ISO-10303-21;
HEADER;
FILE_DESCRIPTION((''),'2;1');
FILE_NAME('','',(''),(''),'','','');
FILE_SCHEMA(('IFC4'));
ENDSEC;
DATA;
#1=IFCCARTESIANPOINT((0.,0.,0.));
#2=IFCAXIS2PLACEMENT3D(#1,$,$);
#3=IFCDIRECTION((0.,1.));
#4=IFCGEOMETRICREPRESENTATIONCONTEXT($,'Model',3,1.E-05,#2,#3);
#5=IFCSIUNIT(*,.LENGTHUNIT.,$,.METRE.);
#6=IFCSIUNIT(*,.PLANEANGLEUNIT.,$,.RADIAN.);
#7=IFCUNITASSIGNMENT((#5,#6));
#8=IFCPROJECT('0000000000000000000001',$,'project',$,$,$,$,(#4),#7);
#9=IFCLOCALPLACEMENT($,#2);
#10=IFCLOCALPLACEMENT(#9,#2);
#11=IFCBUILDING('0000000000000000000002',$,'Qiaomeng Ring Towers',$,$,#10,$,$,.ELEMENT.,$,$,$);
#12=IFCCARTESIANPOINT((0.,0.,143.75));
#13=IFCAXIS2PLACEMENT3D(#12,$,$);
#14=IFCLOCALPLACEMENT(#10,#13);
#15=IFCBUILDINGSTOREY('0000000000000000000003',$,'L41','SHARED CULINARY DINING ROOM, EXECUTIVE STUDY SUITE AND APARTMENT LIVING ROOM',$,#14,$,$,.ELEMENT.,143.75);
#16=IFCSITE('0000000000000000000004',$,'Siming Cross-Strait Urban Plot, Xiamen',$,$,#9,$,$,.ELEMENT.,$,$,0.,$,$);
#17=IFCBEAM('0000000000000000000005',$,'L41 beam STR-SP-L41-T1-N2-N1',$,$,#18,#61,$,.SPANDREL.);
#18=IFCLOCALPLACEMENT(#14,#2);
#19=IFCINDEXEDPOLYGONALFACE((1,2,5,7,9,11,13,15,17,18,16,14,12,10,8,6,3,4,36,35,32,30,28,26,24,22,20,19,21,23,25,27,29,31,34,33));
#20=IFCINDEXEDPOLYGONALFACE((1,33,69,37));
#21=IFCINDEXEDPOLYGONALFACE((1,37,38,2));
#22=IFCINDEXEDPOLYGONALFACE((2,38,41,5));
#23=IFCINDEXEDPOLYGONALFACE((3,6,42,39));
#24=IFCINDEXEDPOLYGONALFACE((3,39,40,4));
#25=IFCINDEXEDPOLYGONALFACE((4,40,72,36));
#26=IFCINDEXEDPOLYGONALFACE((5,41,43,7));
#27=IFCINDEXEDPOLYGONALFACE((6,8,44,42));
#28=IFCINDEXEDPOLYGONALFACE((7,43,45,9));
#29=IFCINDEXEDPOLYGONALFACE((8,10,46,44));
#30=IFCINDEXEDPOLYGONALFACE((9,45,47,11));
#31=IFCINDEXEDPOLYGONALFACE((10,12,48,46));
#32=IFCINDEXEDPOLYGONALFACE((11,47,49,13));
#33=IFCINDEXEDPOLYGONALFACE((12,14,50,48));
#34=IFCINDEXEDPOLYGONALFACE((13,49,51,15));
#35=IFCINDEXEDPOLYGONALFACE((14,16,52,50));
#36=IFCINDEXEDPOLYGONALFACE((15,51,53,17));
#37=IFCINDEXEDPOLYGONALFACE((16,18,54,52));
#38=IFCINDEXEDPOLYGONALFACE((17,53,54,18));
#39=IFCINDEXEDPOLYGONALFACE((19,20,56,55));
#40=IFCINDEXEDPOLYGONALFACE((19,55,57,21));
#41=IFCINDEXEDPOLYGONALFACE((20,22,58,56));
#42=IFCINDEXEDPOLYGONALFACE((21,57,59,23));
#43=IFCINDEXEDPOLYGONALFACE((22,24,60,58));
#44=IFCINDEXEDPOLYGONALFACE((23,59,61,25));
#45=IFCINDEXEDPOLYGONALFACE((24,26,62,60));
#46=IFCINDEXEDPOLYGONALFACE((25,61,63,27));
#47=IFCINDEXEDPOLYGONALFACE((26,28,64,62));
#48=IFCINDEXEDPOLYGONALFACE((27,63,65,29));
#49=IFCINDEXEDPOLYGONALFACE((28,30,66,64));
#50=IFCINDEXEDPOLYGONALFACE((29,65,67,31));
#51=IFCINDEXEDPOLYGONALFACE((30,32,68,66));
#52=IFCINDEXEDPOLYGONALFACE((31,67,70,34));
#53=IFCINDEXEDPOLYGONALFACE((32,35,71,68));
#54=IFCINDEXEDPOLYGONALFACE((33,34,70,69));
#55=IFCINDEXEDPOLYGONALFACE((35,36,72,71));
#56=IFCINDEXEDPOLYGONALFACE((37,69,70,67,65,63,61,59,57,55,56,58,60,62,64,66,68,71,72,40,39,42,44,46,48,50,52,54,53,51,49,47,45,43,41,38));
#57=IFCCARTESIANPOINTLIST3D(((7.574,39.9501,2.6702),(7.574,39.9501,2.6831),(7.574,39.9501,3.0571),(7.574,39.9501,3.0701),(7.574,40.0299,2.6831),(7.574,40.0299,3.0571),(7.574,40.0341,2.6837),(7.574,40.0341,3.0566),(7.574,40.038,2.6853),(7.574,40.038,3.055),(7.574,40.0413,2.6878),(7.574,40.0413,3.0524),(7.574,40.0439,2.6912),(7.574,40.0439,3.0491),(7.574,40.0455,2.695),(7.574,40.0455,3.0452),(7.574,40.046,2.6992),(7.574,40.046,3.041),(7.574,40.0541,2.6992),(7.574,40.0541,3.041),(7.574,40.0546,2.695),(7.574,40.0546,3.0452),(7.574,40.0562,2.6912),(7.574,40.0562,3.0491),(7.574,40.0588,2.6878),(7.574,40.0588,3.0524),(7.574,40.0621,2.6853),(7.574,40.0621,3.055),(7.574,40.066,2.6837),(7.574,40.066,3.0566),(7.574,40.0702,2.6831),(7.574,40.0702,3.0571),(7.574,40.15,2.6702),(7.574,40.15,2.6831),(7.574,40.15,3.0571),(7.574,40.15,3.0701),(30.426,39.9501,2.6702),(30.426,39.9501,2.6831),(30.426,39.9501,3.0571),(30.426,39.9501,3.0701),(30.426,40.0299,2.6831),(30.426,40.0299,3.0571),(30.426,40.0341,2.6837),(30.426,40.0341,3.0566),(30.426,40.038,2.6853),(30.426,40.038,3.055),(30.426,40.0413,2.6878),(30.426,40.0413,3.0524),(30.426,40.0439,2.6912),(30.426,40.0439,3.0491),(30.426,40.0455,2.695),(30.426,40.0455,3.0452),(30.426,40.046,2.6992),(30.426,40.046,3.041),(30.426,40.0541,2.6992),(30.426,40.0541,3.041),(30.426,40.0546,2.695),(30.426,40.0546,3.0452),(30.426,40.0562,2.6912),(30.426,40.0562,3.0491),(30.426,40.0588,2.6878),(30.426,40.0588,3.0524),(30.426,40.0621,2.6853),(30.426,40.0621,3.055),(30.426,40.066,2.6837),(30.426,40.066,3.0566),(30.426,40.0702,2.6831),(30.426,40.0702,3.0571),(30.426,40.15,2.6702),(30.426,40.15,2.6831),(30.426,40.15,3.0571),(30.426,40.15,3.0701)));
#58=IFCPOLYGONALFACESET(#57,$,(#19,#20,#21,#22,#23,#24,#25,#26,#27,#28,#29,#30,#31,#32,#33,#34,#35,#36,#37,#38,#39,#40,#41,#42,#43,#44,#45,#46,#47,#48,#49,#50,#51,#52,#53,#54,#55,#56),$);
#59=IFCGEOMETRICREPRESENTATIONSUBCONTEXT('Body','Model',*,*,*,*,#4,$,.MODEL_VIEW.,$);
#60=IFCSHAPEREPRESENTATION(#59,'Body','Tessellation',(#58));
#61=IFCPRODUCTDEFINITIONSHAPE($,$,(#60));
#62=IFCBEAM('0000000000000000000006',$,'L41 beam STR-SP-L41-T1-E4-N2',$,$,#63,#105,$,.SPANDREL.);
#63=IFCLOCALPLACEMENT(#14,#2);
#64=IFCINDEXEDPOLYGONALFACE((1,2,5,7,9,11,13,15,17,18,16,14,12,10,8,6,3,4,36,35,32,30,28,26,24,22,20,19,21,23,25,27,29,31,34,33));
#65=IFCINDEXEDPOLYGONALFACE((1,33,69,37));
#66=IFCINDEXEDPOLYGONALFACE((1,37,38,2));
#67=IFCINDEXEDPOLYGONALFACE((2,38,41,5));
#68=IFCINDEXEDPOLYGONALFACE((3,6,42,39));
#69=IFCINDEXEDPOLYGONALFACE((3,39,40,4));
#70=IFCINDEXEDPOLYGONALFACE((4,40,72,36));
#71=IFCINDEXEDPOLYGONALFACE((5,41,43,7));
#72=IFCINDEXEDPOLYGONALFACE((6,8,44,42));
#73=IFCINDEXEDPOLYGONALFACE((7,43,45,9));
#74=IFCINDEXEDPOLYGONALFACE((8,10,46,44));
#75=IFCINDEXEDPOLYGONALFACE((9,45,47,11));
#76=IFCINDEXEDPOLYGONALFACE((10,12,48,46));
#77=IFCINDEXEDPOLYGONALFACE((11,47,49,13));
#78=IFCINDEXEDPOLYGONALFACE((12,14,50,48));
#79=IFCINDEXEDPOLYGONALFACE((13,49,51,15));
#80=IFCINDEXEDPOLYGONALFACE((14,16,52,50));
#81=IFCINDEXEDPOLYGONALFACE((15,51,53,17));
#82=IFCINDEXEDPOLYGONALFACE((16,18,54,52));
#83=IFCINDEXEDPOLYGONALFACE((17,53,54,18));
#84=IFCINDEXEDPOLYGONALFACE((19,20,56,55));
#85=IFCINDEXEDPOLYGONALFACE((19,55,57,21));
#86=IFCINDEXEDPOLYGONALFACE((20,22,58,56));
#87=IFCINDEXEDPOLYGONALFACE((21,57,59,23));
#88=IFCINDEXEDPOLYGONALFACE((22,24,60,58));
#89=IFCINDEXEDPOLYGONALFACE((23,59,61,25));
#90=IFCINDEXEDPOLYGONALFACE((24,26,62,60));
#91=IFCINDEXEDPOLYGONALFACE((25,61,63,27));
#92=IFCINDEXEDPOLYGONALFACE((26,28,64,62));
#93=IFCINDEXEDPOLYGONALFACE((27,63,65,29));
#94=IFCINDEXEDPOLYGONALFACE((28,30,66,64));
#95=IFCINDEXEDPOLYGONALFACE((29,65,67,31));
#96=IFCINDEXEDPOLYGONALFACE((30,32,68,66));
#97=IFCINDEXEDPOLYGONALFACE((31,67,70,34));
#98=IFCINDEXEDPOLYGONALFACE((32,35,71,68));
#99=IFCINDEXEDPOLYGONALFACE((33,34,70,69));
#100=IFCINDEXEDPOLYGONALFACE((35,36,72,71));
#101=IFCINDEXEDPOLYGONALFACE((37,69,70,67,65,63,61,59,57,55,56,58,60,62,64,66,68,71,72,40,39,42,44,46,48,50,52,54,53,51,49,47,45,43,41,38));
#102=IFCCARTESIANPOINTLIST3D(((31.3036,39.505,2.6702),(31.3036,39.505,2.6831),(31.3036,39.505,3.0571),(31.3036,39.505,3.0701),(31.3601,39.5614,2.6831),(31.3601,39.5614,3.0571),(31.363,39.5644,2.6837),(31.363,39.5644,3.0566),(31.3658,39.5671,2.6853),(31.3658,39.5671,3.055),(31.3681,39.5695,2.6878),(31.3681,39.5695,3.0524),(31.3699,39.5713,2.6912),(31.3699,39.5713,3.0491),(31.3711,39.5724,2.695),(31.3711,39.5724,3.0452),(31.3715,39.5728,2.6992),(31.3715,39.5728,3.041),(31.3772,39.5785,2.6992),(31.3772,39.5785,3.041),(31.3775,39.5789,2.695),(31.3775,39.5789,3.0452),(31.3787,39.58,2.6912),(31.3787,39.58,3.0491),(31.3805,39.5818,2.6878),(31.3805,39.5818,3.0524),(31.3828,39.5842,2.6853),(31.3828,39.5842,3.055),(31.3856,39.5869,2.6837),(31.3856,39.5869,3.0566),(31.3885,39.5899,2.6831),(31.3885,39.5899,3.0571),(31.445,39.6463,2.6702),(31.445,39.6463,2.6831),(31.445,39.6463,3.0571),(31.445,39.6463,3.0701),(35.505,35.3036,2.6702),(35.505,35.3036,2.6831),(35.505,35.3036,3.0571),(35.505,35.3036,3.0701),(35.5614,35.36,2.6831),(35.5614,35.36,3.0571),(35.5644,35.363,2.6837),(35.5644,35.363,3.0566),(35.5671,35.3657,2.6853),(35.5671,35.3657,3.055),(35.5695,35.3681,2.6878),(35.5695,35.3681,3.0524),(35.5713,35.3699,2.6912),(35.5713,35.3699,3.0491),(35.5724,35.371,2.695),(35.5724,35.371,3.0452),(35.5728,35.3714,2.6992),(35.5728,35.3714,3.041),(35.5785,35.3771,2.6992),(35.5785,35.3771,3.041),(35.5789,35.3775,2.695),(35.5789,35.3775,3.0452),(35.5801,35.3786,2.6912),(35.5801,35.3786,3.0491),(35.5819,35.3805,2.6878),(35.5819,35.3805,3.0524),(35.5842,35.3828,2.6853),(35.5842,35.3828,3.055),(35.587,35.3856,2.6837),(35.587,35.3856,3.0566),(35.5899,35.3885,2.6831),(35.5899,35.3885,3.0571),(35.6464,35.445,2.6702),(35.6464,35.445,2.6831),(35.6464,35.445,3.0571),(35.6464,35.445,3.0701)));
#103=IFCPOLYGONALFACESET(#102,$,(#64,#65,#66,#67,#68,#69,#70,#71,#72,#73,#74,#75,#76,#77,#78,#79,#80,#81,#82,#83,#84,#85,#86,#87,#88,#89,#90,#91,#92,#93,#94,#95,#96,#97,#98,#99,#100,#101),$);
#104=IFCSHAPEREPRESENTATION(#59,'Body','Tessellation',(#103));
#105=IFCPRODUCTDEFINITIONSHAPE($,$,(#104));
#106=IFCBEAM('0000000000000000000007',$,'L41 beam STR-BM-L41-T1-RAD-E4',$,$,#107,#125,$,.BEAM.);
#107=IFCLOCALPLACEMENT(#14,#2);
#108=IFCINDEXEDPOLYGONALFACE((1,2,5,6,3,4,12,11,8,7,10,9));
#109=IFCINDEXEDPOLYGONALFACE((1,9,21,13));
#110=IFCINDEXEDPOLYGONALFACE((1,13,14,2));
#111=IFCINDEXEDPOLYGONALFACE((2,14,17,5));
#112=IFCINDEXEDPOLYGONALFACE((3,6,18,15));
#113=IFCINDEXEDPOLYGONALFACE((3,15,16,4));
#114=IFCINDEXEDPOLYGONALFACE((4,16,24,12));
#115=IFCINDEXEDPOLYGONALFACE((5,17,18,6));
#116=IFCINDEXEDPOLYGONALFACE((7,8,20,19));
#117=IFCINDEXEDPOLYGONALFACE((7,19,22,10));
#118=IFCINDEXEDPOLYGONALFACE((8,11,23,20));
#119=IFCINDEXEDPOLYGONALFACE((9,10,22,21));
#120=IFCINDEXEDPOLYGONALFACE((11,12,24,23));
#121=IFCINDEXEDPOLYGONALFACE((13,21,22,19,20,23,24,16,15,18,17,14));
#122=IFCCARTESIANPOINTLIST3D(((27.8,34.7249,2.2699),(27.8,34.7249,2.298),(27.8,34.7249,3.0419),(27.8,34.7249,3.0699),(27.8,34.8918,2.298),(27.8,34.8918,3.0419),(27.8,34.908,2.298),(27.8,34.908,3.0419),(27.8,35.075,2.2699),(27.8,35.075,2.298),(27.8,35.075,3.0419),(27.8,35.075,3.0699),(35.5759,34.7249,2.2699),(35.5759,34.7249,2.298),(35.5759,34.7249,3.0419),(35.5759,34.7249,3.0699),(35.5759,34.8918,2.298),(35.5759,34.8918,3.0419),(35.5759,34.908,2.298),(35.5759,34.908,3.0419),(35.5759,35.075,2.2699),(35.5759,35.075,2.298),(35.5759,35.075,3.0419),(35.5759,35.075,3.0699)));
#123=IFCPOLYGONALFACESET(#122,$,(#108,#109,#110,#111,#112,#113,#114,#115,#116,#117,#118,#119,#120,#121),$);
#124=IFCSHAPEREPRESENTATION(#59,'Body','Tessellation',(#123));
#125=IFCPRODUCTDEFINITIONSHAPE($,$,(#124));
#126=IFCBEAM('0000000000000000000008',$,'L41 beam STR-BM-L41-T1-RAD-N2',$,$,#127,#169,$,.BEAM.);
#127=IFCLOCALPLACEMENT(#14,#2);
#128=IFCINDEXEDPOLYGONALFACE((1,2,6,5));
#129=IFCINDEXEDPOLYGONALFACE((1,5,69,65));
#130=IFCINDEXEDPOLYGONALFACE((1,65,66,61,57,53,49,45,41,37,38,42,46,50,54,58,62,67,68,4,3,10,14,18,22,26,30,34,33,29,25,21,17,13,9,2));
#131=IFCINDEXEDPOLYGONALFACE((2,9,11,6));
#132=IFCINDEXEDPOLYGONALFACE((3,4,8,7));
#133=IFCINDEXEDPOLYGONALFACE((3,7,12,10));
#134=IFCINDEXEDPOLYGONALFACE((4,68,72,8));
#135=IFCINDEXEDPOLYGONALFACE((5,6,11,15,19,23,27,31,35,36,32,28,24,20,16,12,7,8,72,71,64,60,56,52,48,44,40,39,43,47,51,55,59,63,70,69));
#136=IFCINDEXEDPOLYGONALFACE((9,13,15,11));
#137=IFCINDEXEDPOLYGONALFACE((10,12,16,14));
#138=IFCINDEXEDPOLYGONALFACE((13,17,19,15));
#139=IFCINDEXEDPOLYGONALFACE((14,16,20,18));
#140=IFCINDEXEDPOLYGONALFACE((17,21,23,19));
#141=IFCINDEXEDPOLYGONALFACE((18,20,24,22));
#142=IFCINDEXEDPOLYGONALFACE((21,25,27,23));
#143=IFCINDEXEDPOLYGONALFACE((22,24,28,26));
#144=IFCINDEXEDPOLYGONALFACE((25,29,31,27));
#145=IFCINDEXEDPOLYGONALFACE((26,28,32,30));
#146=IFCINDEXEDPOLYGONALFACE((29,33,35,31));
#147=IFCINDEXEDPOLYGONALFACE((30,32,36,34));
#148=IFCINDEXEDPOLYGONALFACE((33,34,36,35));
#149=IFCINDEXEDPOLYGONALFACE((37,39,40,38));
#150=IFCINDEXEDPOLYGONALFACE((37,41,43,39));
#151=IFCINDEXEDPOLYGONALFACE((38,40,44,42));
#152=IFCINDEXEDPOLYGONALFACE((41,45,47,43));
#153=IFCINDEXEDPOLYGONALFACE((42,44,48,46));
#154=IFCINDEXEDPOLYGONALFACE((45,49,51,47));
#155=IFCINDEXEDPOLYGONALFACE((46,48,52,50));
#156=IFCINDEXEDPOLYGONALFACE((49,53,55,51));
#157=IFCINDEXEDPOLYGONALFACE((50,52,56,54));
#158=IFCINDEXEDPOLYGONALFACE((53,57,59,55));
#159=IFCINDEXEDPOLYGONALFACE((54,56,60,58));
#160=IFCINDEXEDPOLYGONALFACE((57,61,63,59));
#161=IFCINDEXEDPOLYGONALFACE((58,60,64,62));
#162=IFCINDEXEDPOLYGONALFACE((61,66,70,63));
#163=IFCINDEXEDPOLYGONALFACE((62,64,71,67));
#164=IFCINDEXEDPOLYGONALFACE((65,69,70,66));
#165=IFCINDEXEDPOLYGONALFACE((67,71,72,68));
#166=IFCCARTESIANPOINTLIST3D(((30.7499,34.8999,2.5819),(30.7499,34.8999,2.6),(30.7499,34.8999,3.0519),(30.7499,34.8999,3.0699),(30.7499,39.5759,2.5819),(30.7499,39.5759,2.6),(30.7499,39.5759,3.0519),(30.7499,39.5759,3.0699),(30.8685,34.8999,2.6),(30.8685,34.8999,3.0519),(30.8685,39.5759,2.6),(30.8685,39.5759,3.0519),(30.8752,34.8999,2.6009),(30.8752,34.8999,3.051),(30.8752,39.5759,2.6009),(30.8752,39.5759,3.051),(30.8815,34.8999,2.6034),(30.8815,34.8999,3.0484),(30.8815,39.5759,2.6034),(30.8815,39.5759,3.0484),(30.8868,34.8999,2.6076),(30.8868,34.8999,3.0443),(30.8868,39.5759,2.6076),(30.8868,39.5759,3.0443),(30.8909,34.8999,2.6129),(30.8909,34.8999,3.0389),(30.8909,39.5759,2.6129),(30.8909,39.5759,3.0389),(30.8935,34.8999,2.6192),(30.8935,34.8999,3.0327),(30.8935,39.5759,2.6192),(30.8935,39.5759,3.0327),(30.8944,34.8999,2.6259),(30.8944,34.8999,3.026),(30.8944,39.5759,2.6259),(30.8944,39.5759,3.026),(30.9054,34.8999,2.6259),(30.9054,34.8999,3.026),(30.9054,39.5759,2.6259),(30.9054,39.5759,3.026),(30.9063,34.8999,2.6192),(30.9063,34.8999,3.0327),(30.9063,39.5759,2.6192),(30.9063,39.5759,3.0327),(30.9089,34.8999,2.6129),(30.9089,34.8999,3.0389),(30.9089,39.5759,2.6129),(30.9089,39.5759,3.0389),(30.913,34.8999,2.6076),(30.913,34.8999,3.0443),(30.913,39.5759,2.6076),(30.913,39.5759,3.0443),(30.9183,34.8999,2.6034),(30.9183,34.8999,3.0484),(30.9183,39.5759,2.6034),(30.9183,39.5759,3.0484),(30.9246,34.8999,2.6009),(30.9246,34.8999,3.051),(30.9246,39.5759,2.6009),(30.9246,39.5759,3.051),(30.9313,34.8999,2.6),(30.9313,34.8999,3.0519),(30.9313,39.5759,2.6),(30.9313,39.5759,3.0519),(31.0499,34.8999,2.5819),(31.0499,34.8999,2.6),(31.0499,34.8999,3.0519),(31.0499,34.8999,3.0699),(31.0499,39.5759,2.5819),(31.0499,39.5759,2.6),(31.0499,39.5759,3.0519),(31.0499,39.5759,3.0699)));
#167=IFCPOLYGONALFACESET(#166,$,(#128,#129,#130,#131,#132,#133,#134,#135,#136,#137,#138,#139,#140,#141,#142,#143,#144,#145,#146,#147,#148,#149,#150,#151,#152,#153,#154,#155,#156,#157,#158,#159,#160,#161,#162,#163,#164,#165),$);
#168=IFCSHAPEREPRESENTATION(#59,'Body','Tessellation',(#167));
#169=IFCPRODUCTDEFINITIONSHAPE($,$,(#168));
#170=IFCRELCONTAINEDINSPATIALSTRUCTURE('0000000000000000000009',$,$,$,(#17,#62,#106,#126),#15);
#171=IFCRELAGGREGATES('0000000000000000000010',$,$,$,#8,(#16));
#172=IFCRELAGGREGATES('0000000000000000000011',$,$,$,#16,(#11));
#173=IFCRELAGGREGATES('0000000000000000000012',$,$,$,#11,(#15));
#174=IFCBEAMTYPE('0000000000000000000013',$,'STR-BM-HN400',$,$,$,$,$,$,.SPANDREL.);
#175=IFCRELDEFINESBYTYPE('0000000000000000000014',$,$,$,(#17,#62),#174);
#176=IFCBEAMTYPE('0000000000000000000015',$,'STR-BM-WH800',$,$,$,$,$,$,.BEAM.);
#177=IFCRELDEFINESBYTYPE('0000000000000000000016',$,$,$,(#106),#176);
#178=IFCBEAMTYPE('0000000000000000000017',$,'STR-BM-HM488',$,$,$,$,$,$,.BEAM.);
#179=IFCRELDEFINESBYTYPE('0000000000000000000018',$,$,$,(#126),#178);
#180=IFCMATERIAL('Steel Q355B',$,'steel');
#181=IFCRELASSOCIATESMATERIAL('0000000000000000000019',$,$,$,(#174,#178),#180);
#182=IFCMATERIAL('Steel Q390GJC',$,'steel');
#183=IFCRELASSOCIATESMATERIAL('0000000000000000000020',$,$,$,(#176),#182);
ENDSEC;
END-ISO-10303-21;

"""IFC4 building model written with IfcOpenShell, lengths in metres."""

from ifc_helpers import new_model, si_unit, direction, frame, origin, origin_2d, place, context, subcontext, project, spatial, i_section, extrude, source, transform, mapped, material, material_profile, profile_set, type_object, element, save


model = new_model("IFC4")

# Units and contexts
model_context = context("Model", 3, precision=1e-05, world=origin(), true_north=direction((0.0, 1.0)))
body_context = subcontext(model_context, "Body", "Model", "MODEL_VIEW")
ifc_project = project(units=[si_unit("LENGTHUNIT", "METRE"), si_unit("PLANEANGLEUNIT", "RADIAN")], contexts=[model_context])

# Site, building, storey
site_placement = place(None, origin())
site = spatial("IfcSite", under=ifc_project, at=site_placement, Name="Siming Cross-Strait Urban Plot, Xiamen", CompositionType="ELEMENT", RefElevation=0.0)
building_placement = place(site_placement, origin())
building = spatial("IfcBuilding", under=site, at=building_placement, Name="Qiaomeng Ring Towers", CompositionType="ELEMENT")
storey_placement = place(building_placement, frame((0.0, 0.0, 143.75)))
storey = spatial("IfcBuildingStorey", under=building, at=storey_placement, Name="L41", Description="SHARED CULINARY DINING ROOM, EXECUTIVE STUDY SUITE AND APARTMENT LIVING ROOM", CompositionType="ELEMENT", Elevation=143.75)

# Beams
ifc_material_1 = material(Name="Steel Q355B", Category="steel")
ifc_material_profile_1 = material_profile(ifc_material_1, i_section(OverallWidth=0.2, OverallDepth=0.3999, WebThickness=0.0081, FlangeThickness=0.0129, FilletRadius=0.0161, at=origin_2d()), Name="HN 400x200x8x13")
ifc_profile_set_1 = profile_set([ifc_material_profile_1], Name="Steel Q355B")
beam_type_1 = type_object("IfcBeamType", Name="STR-BM-HN400", PredefinedType="SPANDREL", material=ifc_profile_set_1)
shared_shape_1 = source(origin(), body_context, "Body", "SweptSolid", [
    extrude(i_section(OverallWidth=0.2, OverallDepth=0.3999, WebThickness=0.0081, FlangeThickness=0.0129, FilletRadius=0.0161, at=origin_2d()), origin(), (0.0, 0.0, 1.0), 22.8521),
])
beam_1_placement = place(storey_placement, frame((30.426, 40.05, 2.8701), z_axis=(-1.0, 0.0, 0.0), x_axis=(0.0, -1.0, 0.0)))
element("IfcBeam", 1, at=beam_1_placement, inside=storey, type_object=beam_type_1, Name="L41 beam STR-SP-L41-T1-N2-N1", PredefinedType="SPANDREL", context=body_context, shape_type="MappedRepresentation", body=[
    mapped(shared_shape_1, transform((0.0, 0.0, 0.0), x_axis=(1.0, 0.0, 0.0), y_axis=(0.0, 1.0, 0.0), z_axis=(0.0, 0.0, 1.0), scale=1.0)),
])
shared_shape_2 = source(origin(), body_context, "Body", "SweptSolid", [
    extrude(i_section(OverallWidth=0.2, OverallDepth=0.3999, WebThickness=0.0081, FlangeThickness=0.0129, FilletRadius=0.0161, at=origin_2d()), origin(), (0.0, 0.0, 1.0), 5.9417),
])
beam_2_placement = place(storey_placement, frame((35.5757, 35.3743, 2.8701), z_axis=(-0.707107, 0.707107, 0.0), x_axis=(-0.707107, -0.707107, 0.0)))
element("IfcBeam", 2, at=beam_2_placement, inside=storey, type_object=beam_type_1, Name="L41 beam STR-SP-L41-T1-E4-N2", PredefinedType="SPANDREL", context=body_context, shape_type="MappedRepresentation", body=[
    mapped(shared_shape_2, transform((0.0, 0.0, 0.0), x_axis=(1.0, 0.0, 0.0), y_axis=(0.0, 1.0, 0.0), z_axis=(0.0, 0.0, 1.0), scale=1.0)),
])
ifc_material_2 = material(Name="Steel Q390GJC", Category="steel")
ifc_material_profile_2 = material_profile(ifc_material_2, i_section(OverallWidth=0.3501, OverallDepth=0.8, WebThickness=0.0161, FlangeThickness=0.0281, at=origin_2d()), Name="WH 800x350x16x28")
ifc_profile_set_2 = profile_set([ifc_material_profile_2], Name="Steel Q390GJC")
beam_type_2 = type_object("IfcBeamType", Name="STR-BM-WH800", PredefinedType="BEAM", material=ifc_profile_set_2)
shared_shape_3 = source(origin(), body_context, "Body", "SweptSolid", [
    extrude(i_section(OverallWidth=0.3501, OverallDepth=0.8, WebThickness=0.0161, FlangeThickness=0.0281, at=origin_2d()), origin(), (0.0, 0.0, 1.0), 7.7759),
])
beam_3_placement = place(storey_placement, frame((27.8, 34.8999, 2.6699), z_axis=(1.0, 0.0, 0.0), x_axis=(0.0, 1.0, 0.0)))
element("IfcBeam", 3, at=beam_3_placement, inside=storey, type_object=beam_type_2, Name="L41 beam STR-BM-L41-T1-RAD-E4", PredefinedType="BEAM", context=body_context, shape_type="MappedRepresentation", body=[
    mapped(shared_shape_3, transform((0.0, 0.0, 0.0), x_axis=(1.0, 0.0, 0.0), y_axis=(0.0, 1.0, 0.0), z_axis=(0.0, 0.0, 1.0), scale=1.0)),
])
ifc_material_profile_3 = material_profile(ifc_material_1, i_section(OverallWidth=0.3, OverallDepth=0.488, WebThickness=0.011, FlangeThickness=0.0181, FilletRadius=0.0259, at=origin_2d()), Name="HM 488x300x11x18")
ifc_profile_set_3 = profile_set([ifc_material_profile_3], Name="Steel Q355B")
beam_type_3 = type_object("IfcBeamType", Name="STR-BM-HM488", PredefinedType="BEAM", material=ifc_profile_set_3)
shared_shape_4 = source(origin(), body_context, "Body", "SweptSolid", [
    extrude(i_section(OverallWidth=0.3, OverallDepth=0.488, WebThickness=0.011, FlangeThickness=0.0181, FilletRadius=0.0259, at=origin_2d()), origin(), (0.0, 0.0, 1.0), 4.676),
])
beam_4_placement = place(storey_placement, frame((30.8999, 39.5759, 2.8259), z_axis=(0.0, -1.0, 0.0), x_axis=(1.0, 0.0, 0.0)))
element("IfcBeam", 4, at=beam_4_placement, inside=storey, type_object=beam_type_3, Name="L41 beam STR-BM-L41-T1-RAD-N2", PredefinedType="BEAM", context=body_context, shape_type="MappedRepresentation", body=[
    mapped(shared_shape_4, transform((0.0, 0.0, 0.0), x_axis=(1.0, 0.0, 0.0), y_axis=(0.0, 1.0, 0.0), z_axis=(0.0, 0.0, 1.0), scale=1.0)),
])

save(model, "model.ifc")
